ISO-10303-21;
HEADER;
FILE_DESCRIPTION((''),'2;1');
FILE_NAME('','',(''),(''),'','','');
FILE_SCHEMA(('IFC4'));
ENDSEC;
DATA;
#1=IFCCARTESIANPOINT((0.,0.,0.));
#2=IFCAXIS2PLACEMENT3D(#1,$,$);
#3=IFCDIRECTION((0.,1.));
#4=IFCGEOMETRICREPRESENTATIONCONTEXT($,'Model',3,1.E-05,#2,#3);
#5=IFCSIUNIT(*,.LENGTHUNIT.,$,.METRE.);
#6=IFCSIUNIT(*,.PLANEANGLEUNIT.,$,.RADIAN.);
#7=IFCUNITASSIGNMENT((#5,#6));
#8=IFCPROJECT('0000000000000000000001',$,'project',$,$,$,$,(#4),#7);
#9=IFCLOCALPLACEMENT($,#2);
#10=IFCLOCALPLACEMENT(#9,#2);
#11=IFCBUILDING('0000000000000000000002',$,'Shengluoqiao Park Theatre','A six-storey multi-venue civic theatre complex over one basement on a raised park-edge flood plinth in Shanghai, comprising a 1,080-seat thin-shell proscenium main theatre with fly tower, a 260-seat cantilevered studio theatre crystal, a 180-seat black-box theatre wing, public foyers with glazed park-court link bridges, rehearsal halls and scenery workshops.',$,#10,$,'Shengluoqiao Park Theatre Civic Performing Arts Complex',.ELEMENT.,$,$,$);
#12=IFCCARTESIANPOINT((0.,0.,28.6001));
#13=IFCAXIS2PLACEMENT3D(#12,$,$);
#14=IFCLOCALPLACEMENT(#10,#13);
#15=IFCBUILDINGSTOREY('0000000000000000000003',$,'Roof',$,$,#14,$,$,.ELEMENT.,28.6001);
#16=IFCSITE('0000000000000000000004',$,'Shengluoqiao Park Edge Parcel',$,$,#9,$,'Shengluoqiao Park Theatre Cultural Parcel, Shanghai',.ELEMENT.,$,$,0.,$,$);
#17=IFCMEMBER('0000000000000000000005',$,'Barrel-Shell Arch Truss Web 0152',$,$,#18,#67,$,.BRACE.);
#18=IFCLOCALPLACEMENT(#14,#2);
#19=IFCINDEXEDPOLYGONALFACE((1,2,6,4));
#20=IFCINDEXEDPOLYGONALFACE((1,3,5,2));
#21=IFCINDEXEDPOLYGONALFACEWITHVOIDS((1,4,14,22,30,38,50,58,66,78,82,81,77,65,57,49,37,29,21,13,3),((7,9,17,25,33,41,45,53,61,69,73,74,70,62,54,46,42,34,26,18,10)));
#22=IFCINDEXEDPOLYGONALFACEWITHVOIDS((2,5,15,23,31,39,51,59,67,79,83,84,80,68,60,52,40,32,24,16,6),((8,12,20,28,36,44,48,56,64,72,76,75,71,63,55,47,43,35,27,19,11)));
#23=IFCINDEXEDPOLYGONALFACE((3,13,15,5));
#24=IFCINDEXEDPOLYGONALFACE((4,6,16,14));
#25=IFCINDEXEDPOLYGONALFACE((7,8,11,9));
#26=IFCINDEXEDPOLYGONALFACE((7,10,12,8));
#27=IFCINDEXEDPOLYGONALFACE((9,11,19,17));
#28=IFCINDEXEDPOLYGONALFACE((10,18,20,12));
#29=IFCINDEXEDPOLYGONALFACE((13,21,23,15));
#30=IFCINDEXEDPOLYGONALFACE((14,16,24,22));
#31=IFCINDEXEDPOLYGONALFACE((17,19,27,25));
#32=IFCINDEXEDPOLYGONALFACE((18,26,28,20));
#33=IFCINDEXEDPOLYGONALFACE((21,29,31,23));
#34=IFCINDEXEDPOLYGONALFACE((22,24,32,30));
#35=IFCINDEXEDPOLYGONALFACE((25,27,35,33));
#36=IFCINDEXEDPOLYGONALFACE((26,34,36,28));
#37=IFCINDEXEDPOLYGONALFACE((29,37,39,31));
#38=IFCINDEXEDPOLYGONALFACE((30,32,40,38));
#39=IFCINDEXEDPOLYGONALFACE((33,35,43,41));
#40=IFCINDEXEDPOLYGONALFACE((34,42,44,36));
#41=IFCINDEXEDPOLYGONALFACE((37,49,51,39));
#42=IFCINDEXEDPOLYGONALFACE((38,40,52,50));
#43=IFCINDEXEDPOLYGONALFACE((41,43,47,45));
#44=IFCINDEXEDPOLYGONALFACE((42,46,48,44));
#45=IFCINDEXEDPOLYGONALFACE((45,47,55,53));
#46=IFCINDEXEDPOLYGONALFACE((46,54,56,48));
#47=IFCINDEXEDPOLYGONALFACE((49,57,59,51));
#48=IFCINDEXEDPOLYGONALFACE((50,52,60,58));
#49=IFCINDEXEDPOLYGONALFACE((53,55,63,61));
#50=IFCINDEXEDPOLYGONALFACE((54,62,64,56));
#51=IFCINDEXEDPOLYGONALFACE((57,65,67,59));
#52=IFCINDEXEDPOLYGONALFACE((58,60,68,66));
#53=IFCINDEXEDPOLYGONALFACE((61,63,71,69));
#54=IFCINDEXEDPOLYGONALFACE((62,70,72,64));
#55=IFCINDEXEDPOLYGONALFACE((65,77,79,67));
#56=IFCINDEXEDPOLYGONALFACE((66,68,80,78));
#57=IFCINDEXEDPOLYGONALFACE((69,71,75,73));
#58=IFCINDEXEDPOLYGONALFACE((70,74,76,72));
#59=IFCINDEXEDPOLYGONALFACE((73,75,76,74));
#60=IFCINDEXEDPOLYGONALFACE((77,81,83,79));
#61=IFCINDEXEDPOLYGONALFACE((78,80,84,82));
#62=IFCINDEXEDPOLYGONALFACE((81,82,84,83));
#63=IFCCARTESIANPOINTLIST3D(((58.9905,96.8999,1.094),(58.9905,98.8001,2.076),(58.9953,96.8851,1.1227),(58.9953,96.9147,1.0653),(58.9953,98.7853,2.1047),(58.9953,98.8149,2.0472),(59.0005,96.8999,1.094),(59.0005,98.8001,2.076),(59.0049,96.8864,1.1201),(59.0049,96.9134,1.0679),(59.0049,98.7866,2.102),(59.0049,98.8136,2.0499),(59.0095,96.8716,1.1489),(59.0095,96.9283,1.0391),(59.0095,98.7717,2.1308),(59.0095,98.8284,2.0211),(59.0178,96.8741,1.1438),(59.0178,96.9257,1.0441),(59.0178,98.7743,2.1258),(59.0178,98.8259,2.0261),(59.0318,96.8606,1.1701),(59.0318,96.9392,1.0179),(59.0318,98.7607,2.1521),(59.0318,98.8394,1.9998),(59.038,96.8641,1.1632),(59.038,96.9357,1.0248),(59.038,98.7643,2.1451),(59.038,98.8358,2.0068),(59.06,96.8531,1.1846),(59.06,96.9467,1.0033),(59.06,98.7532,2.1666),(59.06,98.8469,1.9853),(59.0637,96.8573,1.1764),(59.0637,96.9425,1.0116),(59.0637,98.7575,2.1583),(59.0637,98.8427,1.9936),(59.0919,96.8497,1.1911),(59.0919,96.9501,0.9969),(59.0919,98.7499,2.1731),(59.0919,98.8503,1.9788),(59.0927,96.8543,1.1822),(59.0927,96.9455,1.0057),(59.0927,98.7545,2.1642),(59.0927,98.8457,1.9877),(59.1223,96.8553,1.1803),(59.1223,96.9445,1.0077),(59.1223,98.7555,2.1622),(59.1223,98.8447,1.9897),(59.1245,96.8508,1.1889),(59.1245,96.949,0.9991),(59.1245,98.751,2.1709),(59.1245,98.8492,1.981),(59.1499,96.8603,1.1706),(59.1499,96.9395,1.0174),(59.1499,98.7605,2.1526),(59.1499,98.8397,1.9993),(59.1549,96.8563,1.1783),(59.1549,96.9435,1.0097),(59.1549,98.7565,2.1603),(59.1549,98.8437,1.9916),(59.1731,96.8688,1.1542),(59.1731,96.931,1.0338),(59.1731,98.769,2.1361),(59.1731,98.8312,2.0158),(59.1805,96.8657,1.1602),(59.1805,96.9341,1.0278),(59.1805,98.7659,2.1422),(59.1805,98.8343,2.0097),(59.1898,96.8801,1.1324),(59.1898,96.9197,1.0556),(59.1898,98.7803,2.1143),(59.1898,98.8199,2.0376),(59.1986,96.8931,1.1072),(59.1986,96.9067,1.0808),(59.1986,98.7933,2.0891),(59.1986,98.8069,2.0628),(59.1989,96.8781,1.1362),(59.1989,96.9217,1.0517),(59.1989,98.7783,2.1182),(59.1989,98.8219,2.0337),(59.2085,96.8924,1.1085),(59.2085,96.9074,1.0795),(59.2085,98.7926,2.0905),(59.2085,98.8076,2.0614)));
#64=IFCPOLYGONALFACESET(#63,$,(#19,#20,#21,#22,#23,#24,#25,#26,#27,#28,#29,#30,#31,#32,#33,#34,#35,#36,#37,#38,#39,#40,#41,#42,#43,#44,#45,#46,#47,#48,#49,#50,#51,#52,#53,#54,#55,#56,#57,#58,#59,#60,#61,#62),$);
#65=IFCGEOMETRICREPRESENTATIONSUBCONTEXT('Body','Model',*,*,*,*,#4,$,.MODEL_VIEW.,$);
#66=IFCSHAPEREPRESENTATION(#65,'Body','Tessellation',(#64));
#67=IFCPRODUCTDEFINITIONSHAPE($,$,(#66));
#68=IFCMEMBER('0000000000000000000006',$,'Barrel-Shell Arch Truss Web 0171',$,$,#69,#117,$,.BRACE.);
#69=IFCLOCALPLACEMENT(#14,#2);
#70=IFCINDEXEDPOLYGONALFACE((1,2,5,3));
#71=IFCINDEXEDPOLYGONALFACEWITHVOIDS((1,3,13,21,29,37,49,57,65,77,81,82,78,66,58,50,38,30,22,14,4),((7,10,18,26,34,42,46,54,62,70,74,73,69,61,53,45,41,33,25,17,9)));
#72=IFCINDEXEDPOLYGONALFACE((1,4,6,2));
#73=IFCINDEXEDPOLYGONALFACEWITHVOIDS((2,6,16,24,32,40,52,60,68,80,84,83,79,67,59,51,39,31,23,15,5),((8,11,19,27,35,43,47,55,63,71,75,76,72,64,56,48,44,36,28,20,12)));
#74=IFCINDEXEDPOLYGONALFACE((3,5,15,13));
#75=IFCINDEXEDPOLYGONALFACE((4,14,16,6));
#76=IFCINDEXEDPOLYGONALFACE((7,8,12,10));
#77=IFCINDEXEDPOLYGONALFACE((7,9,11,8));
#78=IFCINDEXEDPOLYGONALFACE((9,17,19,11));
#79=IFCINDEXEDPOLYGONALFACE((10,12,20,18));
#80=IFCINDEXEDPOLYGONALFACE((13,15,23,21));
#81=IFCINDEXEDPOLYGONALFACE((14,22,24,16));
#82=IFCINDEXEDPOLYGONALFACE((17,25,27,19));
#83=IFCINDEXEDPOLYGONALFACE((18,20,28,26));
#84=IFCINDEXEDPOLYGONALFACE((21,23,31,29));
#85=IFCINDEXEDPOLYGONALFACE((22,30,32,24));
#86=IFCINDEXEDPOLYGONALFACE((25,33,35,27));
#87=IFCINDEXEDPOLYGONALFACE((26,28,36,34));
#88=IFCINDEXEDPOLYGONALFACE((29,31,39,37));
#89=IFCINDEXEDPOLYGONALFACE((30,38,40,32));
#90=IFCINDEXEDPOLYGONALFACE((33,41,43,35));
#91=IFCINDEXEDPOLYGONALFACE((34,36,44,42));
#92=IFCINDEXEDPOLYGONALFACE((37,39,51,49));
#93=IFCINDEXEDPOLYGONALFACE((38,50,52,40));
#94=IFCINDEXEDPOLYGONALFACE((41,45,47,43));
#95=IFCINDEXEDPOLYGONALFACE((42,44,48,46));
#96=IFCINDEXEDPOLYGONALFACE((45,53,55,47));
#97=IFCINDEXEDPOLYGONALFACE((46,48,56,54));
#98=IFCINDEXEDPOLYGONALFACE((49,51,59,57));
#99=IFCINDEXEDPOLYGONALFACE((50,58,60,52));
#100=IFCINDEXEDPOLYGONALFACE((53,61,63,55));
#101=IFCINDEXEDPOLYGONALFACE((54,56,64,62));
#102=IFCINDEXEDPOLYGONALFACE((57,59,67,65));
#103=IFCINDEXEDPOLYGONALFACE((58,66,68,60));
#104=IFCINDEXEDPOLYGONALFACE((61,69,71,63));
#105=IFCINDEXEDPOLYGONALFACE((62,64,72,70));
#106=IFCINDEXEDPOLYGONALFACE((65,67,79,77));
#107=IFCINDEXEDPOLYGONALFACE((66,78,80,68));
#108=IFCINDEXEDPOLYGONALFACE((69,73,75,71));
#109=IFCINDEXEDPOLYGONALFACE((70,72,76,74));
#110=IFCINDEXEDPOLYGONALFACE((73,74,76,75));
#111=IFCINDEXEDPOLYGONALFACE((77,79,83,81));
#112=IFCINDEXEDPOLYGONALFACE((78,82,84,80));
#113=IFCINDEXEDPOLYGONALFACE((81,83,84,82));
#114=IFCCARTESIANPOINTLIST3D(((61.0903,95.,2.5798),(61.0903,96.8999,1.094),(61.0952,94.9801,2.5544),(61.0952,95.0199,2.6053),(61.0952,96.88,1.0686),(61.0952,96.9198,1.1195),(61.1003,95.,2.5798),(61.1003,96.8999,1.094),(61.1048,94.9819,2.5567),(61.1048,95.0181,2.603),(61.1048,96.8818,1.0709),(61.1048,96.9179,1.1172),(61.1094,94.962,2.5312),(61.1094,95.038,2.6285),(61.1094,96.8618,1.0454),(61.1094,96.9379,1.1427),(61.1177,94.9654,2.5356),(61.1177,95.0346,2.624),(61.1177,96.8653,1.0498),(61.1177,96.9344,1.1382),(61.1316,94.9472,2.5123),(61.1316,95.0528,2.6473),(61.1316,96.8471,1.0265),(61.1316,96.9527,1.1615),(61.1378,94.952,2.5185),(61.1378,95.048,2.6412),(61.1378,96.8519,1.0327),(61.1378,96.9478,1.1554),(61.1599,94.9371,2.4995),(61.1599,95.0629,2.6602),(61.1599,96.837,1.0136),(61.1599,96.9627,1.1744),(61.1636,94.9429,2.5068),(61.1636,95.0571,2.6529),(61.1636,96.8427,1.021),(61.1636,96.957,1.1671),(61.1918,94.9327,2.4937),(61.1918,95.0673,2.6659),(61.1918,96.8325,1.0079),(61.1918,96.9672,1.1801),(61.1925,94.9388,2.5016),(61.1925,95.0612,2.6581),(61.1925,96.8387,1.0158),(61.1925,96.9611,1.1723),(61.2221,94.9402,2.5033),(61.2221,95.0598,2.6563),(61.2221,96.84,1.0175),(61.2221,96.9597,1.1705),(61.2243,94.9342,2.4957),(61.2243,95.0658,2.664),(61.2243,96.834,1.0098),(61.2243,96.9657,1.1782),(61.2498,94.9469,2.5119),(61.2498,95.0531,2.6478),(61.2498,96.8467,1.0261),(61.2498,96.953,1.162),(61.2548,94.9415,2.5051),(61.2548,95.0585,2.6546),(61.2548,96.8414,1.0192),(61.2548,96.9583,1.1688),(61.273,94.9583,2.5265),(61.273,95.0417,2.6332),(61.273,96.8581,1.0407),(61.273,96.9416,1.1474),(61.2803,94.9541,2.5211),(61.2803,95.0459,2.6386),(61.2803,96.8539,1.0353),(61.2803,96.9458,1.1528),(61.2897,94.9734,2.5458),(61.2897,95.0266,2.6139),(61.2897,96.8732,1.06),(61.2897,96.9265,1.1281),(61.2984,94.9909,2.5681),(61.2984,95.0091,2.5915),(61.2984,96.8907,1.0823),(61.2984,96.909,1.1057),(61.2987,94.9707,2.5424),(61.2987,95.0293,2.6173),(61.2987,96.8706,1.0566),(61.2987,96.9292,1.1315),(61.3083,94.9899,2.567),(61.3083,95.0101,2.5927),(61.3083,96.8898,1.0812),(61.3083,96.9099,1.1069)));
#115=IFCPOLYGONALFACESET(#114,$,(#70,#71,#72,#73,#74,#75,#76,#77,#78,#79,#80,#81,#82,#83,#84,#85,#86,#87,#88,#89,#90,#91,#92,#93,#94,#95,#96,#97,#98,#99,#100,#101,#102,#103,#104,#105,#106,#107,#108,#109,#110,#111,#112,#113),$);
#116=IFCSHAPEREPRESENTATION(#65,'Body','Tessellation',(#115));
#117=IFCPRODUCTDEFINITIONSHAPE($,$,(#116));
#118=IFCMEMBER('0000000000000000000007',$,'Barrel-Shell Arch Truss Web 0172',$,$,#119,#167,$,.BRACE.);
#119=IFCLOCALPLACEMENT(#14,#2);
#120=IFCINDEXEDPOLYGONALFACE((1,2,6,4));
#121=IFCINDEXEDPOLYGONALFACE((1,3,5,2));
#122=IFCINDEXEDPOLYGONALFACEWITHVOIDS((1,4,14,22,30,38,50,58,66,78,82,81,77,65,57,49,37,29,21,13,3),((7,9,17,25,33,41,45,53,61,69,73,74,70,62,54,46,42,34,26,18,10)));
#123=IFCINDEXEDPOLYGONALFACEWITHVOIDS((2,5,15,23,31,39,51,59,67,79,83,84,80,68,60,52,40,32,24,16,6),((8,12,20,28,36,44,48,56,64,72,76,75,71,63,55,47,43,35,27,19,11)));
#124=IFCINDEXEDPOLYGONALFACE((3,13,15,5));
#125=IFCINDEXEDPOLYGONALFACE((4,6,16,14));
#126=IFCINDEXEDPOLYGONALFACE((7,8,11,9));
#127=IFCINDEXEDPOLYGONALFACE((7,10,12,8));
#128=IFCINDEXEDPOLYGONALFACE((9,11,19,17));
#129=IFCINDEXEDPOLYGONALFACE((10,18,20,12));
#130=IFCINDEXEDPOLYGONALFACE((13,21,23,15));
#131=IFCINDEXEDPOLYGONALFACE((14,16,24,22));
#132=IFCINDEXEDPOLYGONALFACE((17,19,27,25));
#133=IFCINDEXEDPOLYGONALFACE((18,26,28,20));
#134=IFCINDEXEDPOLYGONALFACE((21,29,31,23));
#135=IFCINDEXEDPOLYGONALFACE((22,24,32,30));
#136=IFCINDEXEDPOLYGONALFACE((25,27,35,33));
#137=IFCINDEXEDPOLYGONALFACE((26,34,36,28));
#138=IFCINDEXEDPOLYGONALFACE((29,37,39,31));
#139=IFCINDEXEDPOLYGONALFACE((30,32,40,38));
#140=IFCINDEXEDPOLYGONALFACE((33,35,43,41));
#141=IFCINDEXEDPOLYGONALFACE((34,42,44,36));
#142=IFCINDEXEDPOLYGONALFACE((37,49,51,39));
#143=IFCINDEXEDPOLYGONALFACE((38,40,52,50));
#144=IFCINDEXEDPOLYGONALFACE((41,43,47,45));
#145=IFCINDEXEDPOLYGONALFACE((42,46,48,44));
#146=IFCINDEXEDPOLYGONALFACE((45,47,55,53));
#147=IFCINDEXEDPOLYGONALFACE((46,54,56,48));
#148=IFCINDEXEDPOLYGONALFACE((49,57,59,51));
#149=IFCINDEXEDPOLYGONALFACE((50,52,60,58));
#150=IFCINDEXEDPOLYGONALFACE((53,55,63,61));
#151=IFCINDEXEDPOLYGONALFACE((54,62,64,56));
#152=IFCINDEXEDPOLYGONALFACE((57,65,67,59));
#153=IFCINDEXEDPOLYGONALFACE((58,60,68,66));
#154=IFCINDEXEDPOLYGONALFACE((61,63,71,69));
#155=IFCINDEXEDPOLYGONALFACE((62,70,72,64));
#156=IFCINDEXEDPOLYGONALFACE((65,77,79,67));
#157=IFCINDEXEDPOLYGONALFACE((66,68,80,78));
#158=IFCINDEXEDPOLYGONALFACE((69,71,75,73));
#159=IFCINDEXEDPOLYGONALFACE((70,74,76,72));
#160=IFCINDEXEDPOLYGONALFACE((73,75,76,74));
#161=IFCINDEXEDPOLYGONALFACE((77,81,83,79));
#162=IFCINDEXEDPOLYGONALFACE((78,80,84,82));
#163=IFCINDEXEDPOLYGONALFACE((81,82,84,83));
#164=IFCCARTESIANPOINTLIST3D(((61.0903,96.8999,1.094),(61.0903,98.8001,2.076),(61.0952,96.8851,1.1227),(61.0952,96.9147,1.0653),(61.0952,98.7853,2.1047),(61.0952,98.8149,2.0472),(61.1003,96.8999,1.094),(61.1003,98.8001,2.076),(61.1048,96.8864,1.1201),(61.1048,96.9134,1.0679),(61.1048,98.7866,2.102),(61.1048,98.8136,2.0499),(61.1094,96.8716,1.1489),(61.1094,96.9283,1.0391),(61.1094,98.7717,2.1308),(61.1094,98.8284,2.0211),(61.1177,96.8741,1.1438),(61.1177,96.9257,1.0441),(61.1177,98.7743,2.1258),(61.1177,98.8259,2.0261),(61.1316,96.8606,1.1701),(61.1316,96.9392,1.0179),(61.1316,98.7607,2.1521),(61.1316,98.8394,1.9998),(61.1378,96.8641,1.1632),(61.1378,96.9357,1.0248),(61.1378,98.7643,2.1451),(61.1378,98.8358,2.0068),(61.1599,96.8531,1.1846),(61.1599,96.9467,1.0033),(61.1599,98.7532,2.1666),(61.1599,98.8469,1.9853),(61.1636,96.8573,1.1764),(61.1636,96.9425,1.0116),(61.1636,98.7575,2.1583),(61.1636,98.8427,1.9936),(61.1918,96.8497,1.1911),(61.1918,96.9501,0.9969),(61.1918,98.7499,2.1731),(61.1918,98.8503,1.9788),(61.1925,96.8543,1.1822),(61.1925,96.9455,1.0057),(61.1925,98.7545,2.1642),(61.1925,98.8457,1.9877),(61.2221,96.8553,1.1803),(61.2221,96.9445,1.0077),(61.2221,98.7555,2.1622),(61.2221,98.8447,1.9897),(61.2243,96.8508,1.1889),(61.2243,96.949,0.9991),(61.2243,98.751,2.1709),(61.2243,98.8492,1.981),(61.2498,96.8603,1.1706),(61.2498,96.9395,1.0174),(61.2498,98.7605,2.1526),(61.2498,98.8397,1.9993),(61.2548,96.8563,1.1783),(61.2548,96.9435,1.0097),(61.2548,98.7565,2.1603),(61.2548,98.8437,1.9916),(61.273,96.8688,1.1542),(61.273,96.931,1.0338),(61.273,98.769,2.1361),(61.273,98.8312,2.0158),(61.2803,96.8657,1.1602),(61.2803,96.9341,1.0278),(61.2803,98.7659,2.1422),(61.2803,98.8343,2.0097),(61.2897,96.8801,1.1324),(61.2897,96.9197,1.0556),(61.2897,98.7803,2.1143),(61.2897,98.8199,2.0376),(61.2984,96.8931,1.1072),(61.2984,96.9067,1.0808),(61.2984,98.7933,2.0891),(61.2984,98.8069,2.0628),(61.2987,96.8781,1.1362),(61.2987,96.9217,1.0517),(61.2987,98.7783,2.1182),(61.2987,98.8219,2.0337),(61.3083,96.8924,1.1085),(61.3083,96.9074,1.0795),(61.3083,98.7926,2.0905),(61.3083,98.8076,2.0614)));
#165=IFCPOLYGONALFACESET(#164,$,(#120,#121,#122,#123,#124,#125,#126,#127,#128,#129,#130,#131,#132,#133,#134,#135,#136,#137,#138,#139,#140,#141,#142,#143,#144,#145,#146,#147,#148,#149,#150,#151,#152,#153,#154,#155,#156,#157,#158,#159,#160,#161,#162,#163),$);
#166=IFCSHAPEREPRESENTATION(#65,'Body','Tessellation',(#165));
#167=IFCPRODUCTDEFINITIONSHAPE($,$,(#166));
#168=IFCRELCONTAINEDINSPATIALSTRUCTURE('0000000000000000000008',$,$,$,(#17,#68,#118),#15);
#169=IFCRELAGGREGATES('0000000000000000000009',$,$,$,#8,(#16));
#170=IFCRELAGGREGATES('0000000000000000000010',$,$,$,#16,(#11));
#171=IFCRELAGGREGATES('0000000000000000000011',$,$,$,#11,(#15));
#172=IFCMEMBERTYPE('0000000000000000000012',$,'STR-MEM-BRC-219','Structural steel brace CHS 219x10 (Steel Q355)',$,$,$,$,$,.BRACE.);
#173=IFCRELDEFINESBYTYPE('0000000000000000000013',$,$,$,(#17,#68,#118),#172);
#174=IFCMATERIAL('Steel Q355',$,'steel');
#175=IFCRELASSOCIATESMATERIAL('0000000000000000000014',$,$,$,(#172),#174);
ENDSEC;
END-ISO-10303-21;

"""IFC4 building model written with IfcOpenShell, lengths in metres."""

from ifc_helpers import new_model, si_unit, direction, frame, origin, origin_2d, place, context, subcontext, project, spatial, hollow_circle, extrude, material, material_profile, profile_set, type_object, element, save


model = new_model("IFC4")

# Units and contexts
model_context = context("Model", 3, precision=1e-05, world=origin(), true_north=direction((0.0, 1.0)))
body_context = subcontext(model_context, "Body", "Model", "MODEL_VIEW")
ifc_project = project(units=[si_unit("LENGTHUNIT", "METRE"), si_unit("PLANEANGLEUNIT", "RADIAN")], contexts=[model_context])

# Site, building, storey
site_placement = place(None, origin())
site = spatial("IfcSite", under=ifc_project, at=site_placement, Name="Shengluoqiao Park Edge Parcel", LongName="Shengluoqiao Park Theatre Cultural Parcel, Shanghai", CompositionType="ELEMENT", RefElevation=0.0)
building_placement = place(site_placement, origin())
building = spatial("IfcBuilding", under=site, at=building_placement, Name="Shengluoqiao Park Theatre", Description="A six-storey multi-venue civic theatre complex over one basement on a raised park-edge flood plinth in Shanghai, comprising a 1,080-seat thin-shell proscenium main theatre with fly tower, a 260-seat cantilevered studio theatre crystal, a 180-seat black-box theatre wing, public foyers with glazed park-court link bridges, rehearsal halls and scenery workshops.", LongName="Shengluoqiao Park Theatre Civic Performing Arts Complex", CompositionType="ELEMENT")
storey_placement = place(building_placement, frame((0.0, 0.0, 28.6001)))
storey = spatial("IfcBuildingStorey", under=building, at=storey_placement, Name="Roof", CompositionType="ELEMENT", Elevation=28.6001)

# Shared definitions
ifc_material_1 = material(Name="Steel Q355", Category="steel")

# Members
ifc_material_profile_1 = material_profile(ifc_material_1, hollow_circle(Radius=0.1096, WallThickness=0.01, at=origin_2d()), Name="CHS 219x10")
ifc_profile_set_1 = profile_set([ifc_material_profile_1], Name="Steel Q355")
member_type_1 = type_object("IfcMemberType", Name="STR-MEM-BRC-219", Description="Structural steel brace CHS 219x10 (Steel Q355)", PredefinedType="BRACE", material=ifc_profile_set_1)
member_1_placement = place(storey_placement, frame((59.1001, 96.8999, 1.094), z_axis=(0.0, 0.888389, 0.459091), x_axis=(-1.0, 0.0, 0.0)))
element("IfcMember", 1, at=member_1_placement, inside=storey, type_object=member_type_1, Name="Barrel-Shell Arch Truss Web 0152", PredefinedType="BRACE", context=body_context, shape_type="SweptSolid", body=[
    extrude(hollow_circle(Radius=0.1096, WallThickness=0.01, at=origin_2d()), origin(), (0.0, 0.0, 1.0), 2.1389),
])
member_2_placement = place(storey_placement, frame((61.2, 95.0, 2.5798), z_axis=(0.0, 0.787714, -0.616041), x_axis=(-1.0, 0.0, 0.0)))
element("IfcMember", 2, at=member_2_placement, inside=storey, type_object=member_type_1, Name="Barrel-Shell Arch Truss Web 0171", PredefinedType="BRACE", context=body_context, shape_type="SweptSolid", body=[
    extrude(hollow_circle(Radius=0.1096, WallThickness=0.01, at=origin_2d()), origin(), (0.0, 0.0, 1.0), 2.4119),
])
for number, where, z_axis, x_axis, name in (
    (3, (61.2, 96.8999, 1.094), (0.0, 0.888389, 0.459091), (-1.0, 0.0, 0.0), "Barrel-Shell Arch Truss Web 0172"),
):
    element("IfcMember", number, at=place(storey_placement, frame(where, z_axis=z_axis, x_axis=x_axis)), inside=storey, type_object=member_type_1, Name=name, PredefinedType="BRACE", context=body_context, shape_type="SweptSolid", body=[
        extrude(hollow_circle(Radius=0.1096, WallThickness=0.01, at=origin_2d()), origin(), (0.0, 0.0, 1.0), 2.1389),
    ])

save(model, "model.ifc")
